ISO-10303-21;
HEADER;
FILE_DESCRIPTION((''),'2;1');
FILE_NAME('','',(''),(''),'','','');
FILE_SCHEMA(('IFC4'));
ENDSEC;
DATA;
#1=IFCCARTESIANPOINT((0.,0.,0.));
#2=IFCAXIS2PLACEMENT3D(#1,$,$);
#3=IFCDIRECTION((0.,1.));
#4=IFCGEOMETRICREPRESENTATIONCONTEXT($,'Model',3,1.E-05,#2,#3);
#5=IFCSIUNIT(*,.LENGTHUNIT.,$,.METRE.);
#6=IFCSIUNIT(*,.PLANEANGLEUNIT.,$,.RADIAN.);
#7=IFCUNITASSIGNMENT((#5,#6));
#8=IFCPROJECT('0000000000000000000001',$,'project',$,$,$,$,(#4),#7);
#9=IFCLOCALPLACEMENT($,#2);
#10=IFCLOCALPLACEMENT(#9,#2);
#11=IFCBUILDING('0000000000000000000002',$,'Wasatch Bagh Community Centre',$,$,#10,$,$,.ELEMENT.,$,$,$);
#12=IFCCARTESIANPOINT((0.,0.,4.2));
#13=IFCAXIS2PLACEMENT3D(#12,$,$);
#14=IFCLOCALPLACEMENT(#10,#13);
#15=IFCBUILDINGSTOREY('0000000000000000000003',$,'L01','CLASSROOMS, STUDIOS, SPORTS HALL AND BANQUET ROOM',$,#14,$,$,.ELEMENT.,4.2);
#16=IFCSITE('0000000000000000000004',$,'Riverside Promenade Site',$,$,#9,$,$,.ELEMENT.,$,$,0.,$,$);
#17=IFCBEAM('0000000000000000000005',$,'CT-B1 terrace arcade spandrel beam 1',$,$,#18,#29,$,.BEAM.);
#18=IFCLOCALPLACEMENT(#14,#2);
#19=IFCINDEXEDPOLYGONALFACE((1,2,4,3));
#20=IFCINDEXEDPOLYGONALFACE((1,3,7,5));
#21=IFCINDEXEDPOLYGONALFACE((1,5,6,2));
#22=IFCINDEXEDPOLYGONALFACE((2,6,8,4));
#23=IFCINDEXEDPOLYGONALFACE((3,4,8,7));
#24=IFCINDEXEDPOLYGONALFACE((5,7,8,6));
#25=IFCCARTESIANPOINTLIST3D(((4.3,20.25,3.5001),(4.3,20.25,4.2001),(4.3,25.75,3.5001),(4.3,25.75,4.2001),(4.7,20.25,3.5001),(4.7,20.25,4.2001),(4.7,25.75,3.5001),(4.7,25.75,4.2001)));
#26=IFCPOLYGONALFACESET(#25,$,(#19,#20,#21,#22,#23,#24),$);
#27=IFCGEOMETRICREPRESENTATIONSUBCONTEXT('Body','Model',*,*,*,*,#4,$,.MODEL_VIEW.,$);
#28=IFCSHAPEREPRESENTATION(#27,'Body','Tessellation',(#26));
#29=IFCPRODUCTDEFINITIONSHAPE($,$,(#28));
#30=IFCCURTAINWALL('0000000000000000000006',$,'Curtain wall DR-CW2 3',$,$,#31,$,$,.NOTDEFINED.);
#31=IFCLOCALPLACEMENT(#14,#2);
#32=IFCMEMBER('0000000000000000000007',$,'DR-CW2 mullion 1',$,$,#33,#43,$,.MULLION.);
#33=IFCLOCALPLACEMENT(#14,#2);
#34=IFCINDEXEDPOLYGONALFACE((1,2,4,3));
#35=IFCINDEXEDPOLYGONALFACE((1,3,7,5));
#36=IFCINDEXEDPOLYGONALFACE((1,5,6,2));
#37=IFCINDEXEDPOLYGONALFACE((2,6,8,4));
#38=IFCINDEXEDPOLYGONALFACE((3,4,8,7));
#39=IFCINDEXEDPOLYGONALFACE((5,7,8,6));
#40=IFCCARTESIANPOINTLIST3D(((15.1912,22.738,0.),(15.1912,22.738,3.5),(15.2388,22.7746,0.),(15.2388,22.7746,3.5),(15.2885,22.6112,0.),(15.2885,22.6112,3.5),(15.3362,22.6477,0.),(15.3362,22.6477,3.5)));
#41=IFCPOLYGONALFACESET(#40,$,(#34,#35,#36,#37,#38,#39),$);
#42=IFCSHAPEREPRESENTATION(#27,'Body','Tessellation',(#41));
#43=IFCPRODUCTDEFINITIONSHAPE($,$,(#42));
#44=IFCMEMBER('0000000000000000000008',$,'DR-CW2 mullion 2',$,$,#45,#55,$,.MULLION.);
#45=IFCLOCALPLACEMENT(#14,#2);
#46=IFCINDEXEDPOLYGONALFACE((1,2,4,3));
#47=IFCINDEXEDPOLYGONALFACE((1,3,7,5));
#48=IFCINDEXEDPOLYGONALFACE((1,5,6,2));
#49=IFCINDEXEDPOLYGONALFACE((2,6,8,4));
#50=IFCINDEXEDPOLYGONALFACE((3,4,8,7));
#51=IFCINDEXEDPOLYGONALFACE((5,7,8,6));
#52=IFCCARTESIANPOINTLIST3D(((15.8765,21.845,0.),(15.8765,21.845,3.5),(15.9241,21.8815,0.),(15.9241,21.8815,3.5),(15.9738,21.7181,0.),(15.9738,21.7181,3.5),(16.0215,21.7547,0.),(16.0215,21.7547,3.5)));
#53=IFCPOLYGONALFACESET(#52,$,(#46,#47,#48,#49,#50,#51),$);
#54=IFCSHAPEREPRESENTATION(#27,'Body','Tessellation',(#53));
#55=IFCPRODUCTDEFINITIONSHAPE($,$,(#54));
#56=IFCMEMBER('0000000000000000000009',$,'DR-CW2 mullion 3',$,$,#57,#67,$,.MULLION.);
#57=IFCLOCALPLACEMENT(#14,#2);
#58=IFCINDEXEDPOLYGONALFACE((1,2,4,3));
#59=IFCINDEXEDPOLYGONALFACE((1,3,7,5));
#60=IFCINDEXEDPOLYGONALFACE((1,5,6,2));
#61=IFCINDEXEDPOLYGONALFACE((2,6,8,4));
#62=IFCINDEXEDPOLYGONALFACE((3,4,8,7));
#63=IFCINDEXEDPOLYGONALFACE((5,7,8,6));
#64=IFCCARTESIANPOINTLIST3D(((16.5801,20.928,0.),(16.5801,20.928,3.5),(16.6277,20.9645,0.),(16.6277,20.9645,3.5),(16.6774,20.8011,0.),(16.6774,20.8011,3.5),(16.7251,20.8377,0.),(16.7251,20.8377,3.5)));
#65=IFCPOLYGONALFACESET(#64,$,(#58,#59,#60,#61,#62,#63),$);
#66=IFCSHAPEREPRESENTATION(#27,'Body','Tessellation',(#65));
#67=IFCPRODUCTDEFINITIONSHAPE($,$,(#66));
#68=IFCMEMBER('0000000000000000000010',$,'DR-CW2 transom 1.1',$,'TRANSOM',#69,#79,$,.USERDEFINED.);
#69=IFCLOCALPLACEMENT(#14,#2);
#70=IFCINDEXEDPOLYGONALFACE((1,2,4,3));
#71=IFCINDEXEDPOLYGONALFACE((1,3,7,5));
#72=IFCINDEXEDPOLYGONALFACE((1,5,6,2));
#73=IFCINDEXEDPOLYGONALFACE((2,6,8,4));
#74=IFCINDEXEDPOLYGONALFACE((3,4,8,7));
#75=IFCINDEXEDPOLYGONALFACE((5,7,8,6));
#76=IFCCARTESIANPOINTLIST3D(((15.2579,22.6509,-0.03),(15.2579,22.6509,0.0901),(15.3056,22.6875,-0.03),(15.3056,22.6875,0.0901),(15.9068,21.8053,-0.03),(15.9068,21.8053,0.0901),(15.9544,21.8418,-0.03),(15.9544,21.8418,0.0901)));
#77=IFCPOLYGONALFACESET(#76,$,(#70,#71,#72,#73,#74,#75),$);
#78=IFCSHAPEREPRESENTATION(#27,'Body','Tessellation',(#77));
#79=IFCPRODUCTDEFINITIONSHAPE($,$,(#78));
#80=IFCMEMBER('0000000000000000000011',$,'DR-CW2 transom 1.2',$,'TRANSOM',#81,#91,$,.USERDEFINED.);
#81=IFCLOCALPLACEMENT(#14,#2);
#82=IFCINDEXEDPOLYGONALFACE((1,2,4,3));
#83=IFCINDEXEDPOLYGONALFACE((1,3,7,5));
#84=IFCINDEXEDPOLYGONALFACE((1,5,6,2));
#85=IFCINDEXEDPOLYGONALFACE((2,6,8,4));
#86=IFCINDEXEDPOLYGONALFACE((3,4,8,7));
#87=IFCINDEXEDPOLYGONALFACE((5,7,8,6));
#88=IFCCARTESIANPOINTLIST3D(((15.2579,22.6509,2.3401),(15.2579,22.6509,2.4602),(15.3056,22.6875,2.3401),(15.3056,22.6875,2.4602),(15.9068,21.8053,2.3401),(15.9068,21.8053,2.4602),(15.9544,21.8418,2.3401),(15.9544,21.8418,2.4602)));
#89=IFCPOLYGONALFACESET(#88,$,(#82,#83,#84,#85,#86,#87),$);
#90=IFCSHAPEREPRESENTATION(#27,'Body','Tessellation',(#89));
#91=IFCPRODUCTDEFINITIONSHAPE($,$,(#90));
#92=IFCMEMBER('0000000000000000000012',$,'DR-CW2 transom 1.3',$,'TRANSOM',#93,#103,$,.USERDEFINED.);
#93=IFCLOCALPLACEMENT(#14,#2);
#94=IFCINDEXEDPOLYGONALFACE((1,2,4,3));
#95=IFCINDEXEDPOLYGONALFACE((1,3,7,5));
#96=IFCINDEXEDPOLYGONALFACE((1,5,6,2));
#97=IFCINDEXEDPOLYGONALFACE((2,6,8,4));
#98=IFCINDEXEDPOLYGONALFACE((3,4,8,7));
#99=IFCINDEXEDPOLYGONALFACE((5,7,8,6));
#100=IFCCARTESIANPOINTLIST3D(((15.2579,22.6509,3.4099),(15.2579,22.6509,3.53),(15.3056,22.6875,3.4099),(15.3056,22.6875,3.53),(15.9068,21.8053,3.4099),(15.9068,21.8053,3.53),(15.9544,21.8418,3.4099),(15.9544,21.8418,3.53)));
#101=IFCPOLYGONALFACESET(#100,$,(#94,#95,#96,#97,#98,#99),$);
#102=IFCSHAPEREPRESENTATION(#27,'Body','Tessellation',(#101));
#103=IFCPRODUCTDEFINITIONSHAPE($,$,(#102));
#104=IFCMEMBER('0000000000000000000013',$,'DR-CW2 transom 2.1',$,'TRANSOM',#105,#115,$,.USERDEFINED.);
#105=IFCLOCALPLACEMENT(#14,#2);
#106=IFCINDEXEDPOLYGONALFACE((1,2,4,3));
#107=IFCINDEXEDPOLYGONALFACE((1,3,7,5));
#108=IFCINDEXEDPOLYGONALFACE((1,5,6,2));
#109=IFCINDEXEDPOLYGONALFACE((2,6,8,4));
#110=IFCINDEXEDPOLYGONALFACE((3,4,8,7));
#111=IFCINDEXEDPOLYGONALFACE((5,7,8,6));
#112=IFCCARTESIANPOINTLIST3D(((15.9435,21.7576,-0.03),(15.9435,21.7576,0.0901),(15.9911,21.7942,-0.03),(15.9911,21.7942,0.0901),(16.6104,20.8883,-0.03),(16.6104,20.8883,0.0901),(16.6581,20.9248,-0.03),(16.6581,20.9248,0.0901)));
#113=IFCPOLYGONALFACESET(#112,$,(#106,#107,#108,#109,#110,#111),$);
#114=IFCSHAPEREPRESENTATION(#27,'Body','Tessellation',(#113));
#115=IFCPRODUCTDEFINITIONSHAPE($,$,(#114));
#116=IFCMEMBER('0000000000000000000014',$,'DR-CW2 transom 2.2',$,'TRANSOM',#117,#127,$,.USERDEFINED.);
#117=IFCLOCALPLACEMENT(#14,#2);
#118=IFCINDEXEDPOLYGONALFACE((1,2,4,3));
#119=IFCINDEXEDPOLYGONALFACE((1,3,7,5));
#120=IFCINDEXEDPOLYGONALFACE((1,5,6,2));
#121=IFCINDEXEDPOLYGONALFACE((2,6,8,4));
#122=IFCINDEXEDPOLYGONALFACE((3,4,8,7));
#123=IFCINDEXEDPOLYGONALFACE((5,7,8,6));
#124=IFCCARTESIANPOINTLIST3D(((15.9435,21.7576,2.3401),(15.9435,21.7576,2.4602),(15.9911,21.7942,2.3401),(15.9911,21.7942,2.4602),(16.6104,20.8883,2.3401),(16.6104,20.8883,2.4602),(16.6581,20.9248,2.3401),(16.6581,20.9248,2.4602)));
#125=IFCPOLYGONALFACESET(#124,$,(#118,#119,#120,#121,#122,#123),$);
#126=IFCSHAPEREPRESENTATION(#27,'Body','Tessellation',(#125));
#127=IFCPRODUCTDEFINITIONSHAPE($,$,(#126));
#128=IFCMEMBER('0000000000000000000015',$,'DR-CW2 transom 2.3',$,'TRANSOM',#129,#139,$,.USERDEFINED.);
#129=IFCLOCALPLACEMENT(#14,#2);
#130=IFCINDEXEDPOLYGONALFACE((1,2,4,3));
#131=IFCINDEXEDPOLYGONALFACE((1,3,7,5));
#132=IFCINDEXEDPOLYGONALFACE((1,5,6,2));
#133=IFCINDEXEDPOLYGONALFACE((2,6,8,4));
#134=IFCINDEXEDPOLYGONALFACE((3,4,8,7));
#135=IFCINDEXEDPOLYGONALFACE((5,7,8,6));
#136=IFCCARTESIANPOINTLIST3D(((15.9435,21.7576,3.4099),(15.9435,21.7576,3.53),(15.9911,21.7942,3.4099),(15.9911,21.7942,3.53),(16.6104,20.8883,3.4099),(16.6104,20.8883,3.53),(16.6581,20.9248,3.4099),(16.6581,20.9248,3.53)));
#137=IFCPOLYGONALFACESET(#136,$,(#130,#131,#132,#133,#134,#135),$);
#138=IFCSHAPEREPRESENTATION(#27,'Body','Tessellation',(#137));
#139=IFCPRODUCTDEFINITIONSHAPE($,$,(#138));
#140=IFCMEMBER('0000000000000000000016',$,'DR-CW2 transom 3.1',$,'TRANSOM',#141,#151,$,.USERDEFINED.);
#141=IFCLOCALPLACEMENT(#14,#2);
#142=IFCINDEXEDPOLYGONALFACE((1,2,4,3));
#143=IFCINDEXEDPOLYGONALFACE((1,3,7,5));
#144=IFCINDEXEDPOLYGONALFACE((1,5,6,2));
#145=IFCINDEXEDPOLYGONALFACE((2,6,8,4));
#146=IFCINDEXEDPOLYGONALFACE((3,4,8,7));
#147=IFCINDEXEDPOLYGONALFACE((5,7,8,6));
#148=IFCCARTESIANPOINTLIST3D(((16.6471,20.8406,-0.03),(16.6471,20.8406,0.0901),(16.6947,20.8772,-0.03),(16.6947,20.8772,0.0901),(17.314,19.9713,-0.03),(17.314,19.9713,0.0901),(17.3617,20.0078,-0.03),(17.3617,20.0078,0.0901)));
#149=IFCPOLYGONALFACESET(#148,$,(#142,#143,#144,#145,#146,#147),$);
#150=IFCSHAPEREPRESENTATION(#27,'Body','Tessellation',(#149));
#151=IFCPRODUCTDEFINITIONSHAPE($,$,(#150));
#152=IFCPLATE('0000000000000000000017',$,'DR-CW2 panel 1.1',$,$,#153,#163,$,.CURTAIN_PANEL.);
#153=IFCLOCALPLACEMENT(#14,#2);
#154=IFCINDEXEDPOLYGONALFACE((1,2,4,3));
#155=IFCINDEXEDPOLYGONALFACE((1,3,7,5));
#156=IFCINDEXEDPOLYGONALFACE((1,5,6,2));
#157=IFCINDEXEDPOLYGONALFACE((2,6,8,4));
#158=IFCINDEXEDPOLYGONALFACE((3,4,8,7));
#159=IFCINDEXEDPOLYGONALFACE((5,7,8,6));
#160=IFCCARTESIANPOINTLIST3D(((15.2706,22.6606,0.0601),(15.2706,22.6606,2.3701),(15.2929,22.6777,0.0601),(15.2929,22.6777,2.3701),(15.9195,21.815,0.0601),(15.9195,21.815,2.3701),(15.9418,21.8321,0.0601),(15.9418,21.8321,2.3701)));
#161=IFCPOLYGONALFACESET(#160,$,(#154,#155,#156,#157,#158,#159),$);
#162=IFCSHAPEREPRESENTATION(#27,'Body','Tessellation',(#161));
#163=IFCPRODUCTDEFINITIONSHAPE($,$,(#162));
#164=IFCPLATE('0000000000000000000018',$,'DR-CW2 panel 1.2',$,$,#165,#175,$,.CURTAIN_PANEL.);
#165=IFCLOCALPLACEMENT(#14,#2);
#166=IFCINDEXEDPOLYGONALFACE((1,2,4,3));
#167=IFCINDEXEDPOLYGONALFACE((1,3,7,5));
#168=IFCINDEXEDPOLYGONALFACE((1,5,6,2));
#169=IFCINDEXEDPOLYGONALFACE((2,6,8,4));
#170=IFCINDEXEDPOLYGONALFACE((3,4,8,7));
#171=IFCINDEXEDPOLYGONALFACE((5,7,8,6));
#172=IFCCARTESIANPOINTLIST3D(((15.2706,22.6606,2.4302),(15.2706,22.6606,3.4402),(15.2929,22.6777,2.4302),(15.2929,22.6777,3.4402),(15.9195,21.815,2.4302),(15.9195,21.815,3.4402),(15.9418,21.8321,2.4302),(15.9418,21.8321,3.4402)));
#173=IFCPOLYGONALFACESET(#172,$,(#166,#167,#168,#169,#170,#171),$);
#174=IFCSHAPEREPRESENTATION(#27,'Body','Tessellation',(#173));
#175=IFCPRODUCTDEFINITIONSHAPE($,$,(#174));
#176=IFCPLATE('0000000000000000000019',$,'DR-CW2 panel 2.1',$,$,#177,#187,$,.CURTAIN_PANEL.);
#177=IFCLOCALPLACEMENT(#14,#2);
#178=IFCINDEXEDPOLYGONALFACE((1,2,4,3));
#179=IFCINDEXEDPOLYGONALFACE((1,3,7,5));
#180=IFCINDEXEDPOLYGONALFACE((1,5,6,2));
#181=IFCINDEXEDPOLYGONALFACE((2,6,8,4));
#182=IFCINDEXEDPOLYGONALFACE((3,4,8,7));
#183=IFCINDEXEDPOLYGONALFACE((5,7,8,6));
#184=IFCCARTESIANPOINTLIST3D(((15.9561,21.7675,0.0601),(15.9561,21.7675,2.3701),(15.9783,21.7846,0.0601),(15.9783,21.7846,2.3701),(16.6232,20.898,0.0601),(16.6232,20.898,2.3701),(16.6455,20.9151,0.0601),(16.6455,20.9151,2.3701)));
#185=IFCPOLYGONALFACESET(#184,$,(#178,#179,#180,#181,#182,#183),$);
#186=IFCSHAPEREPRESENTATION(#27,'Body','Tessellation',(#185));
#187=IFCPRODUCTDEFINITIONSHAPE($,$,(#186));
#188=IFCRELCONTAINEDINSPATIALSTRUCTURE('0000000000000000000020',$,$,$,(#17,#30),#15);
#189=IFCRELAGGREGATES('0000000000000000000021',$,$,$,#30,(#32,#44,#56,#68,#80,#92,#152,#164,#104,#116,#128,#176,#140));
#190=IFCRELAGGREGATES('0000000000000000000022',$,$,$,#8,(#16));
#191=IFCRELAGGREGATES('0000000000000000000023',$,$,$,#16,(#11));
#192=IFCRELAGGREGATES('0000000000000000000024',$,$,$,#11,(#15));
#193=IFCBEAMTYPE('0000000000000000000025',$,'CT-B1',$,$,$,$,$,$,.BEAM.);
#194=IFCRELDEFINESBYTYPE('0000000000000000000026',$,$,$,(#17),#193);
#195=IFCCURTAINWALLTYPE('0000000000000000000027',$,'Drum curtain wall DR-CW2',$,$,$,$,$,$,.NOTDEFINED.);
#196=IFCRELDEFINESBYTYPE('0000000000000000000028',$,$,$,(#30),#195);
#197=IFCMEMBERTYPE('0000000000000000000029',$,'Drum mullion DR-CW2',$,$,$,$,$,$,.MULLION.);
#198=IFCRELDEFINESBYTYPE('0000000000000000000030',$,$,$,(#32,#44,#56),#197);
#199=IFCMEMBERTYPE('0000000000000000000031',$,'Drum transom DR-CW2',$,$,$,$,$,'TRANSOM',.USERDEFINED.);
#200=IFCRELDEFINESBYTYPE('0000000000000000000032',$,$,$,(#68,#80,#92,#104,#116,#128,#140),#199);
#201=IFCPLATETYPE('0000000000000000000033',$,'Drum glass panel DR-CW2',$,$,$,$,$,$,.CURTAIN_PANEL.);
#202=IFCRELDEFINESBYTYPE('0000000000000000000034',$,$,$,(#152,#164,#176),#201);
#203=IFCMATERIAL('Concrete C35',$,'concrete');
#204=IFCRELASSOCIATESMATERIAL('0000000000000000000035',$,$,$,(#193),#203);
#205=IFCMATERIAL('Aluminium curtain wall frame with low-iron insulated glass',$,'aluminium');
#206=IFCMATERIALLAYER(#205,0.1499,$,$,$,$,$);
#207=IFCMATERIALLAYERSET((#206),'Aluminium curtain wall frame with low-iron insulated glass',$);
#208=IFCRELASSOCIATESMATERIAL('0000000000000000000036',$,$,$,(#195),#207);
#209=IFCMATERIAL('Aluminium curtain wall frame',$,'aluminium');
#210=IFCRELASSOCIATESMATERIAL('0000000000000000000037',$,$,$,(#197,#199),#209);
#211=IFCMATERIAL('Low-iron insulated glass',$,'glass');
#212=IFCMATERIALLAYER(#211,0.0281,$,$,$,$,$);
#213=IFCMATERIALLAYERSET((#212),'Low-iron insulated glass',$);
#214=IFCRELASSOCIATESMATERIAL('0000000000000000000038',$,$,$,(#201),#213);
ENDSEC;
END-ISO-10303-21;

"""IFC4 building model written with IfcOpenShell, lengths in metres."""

from ifc_helpers import new_model, si_unit, direction, frame, origin, origin_2d, place, context, subcontext, project, spatial, rectangle, extrude, material, layer, layer_set, material_profile, profile_set, type_object, element, aggregate, save


model = new_model("IFC4")

# Units and contexts
model_context = context("Model", 3, precision=1e-05, world=origin(), true_north=direction((0.0, 1.0)))
body_context = subcontext(model_context, "Body", "Model", "MODEL_VIEW")
ifc_project = project(units=[si_unit("LENGTHUNIT", "METRE"), si_unit("PLANEANGLEUNIT", "RADIAN")], contexts=[model_context])

# Site, building, storey
site_placement = place(None, origin())
site = spatial("IfcSite", under=ifc_project, at=site_placement, Name="Riverside Promenade Site", CompositionType="ELEMENT", RefElevation=0.0)
building_placement = place(site_placement, origin())
building = spatial("IfcBuilding", under=site, at=building_placement, Name="Wasatch Bagh Community Centre", CompositionType="ELEMENT")
storey_placement = place(building_placement, frame((0.0, 0.0, 4.2)))
storey = spatial("IfcBuildingStorey", under=building, at=storey_placement, Name="L01", Description="CLASSROOMS, STUDIOS, SPORTS HALL AND BANQUET ROOM", CompositionType="ELEMENT", Elevation=4.2)

# Beam
ifc_material_1 = material(Name="Concrete C35", Category="concrete")
ifc_material_profile_1 = material_profile(ifc_material_1, rectangle(XDim=0.3999, YDim=0.7, at=origin_2d()), Name="RC 400x700")
ifc_profile_set_1 = profile_set([ifc_material_profile_1], Name="Concrete C35")
beam_type = type_object("IfcBeamType", Name="CT-B1", PredefinedType="BEAM", material=ifc_profile_set_1)
beam_placement = place(storey_placement, frame((4.5, 20.25, 3.8501), z_axis=(0.0, 1.0, 0.0), x_axis=(-1.0, 0.0, 0.0)))
element("IfcBeam", 1, at=beam_placement, inside=storey, type_object=beam_type, Name="CT-B1 terrace arcade spandrel beam 1", PredefinedType="BEAM", context=body_context, shape_type="SweptSolid", body=[
    extrude(rectangle(XDim=0.3999, YDim=0.7, at=origin_2d()), origin(), (0.0, 0.0, 1.0), 5.5),
])

# Curtain wall, members, plates
ifc_material_2 = material(Name="Aluminium curtain wall frame with low-iron insulated glass", Category="aluminium")
ifc_layer_1 = layer(ifc_material_2, 0.1499)
ifc_layer_set_1 = layer_set([ifc_layer_1], Name="Aluminium curtain wall frame with low-iron insulated glass")
curtain_wall_type = type_object("IfcCurtainWallType", Name="Drum curtain wall DR-CW2", PredefinedType="NOTDEFINED", material=ifc_layer_set_1)
curtain_wall_placement = place(storey_placement, origin())
curtain_wall = element("IfcCurtainWall", 2, at=curtain_wall_placement, inside=storey, type_object=curtain_wall_type, Name="Curtain wall DR-CW2 3", PredefinedType="NOTDEFINED")
ifc_material_3 = material(Name="Aluminium curtain wall frame", Category="aluminium")
ifc_material_profile_2 = material_profile(ifc_material_3, rectangle(XDim=0.0601, YDim=0.1599, at=origin_2d()), Name="Drum mullion DR-CW2")
ifc_profile_set_2 = profile_set([ifc_material_profile_2], Name="Aluminium curtain wall frame")
member_type_1 = type_object("IfcMemberType", Name="Drum mullion DR-CW2", PredefinedType="MULLION", material=ifc_profile_set_2)
member_1_placement = place(storey_placement, frame((15.2637, 22.6929, 0.0), z_axis=(0.0, 0.0, 1.0), x_axis=(0.793353, 0.608761, 0.0)))
member_1 = element("IfcMember", 3, at=member_1_placement, type_object=member_type_1, Name="DR-CW2 mullion 1", PredefinedType="MULLION", context=body_context, shape_type="SweptSolid", body=[
    extrude(rectangle(XDim=0.0601, YDim=0.1599, at=origin_2d()), origin(), (0.0, 0.0, 1.0), 3.5),
])
member_2_placement = place(storey_placement, frame((15.949, 21.7998, 0.0), z_axis=(0.0, 0.0, 1.0), x_axis=(0.793353, 0.608761, 0.0)))
member_2 = element("IfcMember", 4, at=member_2_placement, type_object=member_type_1, Name="DR-CW2 mullion 2", PredefinedType="MULLION", context=body_context, shape_type="SweptSolid", body=[
    extrude(rectangle(XDim=0.0601, YDim=0.1599, at=origin_2d()), origin(), (0.0, 0.0, 1.0), 3.5),
])
member_3_placement = place(storey_placement, frame((16.6526, 20.8828, 0.0), z_axis=(0.0, 0.0, 1.0), x_axis=(0.793353, 0.608761, 0.0)))
member_3 = element("IfcMember", 5, at=member_3_placement, type_object=member_type_1, Name="DR-CW2 mullion 3", PredefinedType="MULLION", context=body_context, shape_type="SweptSolid", body=[
    extrude(rectangle(XDim=0.0601, YDim=0.1599, at=origin_2d()), origin(), (0.0, 0.0, 1.0), 3.5),
])
ifc_material_profile_3 = material_profile(ifc_material_3, rectangle(XDim=0.0601, YDim=0.1201, at=origin_2d()), Name="Drum transom DR-CW2")
ifc_profile_set_3 = profile_set([ifc_material_profile_3], Name="Aluminium curtain wall frame")
member_type_2 = type_object("IfcMemberType", Name="Drum transom DR-CW2", ElementType="TRANSOM", PredefinedType="USERDEFINED", material=ifc_profile_set_3)
member_4_placement = place(storey_placement, frame((15.2817, 22.6692, 0.03), z_axis=(0.608758, -0.793356, 0.0), x_axis=(0.793356, 0.608758, 0.0)))
member_4 = element("IfcMember", 6, at=member_4_placement, type_object=member_type_2, Name="DR-CW2 transom 1.1", ObjectType="TRANSOM", PredefinedType="USERDEFINED", context=body_context, shape_type="SweptSolid", body=[
    extrude(rectangle(XDim=0.0601, YDim=0.1201, at=origin_2d()), origin(), (0.0, 0.0, 1.0), 1.0659),
])
member_5_placement = place(storey_placement, frame((15.2817, 22.6692, 2.4001), z_axis=(0.608758, -0.793356, 0.0), x_axis=(0.793356, 0.608758, 0.0)))
member_5 = element("IfcMember", 7, at=member_5_placement, type_object=member_type_2, Name="DR-CW2 transom 1.2", ObjectType="TRANSOM", PredefinedType="USERDEFINED", context=body_context, shape_type="SweptSolid", body=[
    extrude(rectangle(XDim=0.0601, YDim=0.1201, at=origin_2d()), origin(), (0.0, 0.0, 1.0), 1.0659),
])
member_6_placement = place(storey_placement, frame((15.2817, 22.6692, 3.47), z_axis=(0.608758, -0.793356, 0.0), x_axis=(0.793356, 0.608758, 0.0)))
member_6 = element("IfcMember", 8, at=member_6_placement, type_object=member_type_2, Name="DR-CW2 transom 1.3", ObjectType="TRANSOM", PredefinedType="USERDEFINED", context=body_context, shape_type="SweptSolid", body=[
    extrude(rectangle(XDim=0.0601, YDim=0.1201, at=origin_2d()), origin(), (0.0, 0.0, 1.0), 1.0659),
])
member_7_placement = place(storey_placement, frame((15.9673, 21.7759, 0.03), z_axis=(0.608698, -0.793402, 0.0), x_axis=(0.793402, 0.608698, 0.0)))
member_7 = element("IfcMember", 9, at=member_7_placement, type_object=member_type_2, Name="DR-CW2 transom 2.1", ObjectType="TRANSOM", PredefinedType="USERDEFINED", context=body_context, shape_type="SweptSolid", body=[
    extrude(rectangle(XDim=0.0601, YDim=0.1201, at=origin_2d()), origin(), (0.0, 0.0, 1.0), 1.0957),
])
member_8_placement = place(storey_placement, frame((15.9673, 21.7759, 2.4001), z_axis=(0.608698, -0.793402, 0.0), x_axis=(0.793402, 0.608698, 0.0)))
member_8 = element("IfcMember", 10, at=member_8_placement, type_object=member_type_2, Name="DR-CW2 transom 2.2", ObjectType="TRANSOM", PredefinedType="USERDEFINED", context=body_context, shape_type="SweptSolid", body=[
    extrude(rectangle(XDim=0.0601, YDim=0.1201, at=origin_2d()), origin(), (0.0, 0.0, 1.0), 1.0957),
])
member_9_placement = place(storey_placement, frame((15.9673, 21.7759, 3.47), z_axis=(0.608698, -0.793402, 0.0), x_axis=(0.793402, 0.608698, 0.0)))
member_9 = element("IfcMember", 11, at=member_9_placement, type_object=member_type_2, Name="DR-CW2 transom 2.3", ObjectType="TRANSOM", PredefinedType="USERDEFINED", context=body_context, shape_type="SweptSolid", body=[
    extrude(rectangle(XDim=0.0601, YDim=0.1201, at=origin_2d()), origin(), (0.0, 0.0, 1.0), 1.0957),
])
member_10_placement = place(storey_placement, frame((16.6709, 20.8589, 0.03), z_axis=(0.608698, -0.793402, 0.0), x_axis=(0.793402, 0.608698, 0.0)))
member_10 = element("IfcMember", 12, at=member_10_placement, type_object=member_type_2, Name="DR-CW2 transom 3.1", ObjectType="TRANSOM", PredefinedType="USERDEFINED", context=body_context, shape_type="SweptSolid", body=[
    extrude(rectangle(XDim=0.0601, YDim=0.1201, at=origin_2d()), origin(), (0.0, 0.0, 1.0), 1.0957),
])
ifc_material_4 = material(Name="Low-iron insulated glass", Category="glass")
ifc_layer_2 = layer(ifc_material_4, 0.0281)
ifc_layer_set_2 = layer_set([ifc_layer_2], Name="Low-iron insulated glass")
plate_type = type_object("IfcPlateType", Name="Drum glass panel DR-CW2", PredefinedType="CURTAIN_PANEL", material=ifc_layer_set_2)
plate_1_placement = place(storey_placement, frame((15.6062, 22.2463, 0.0601), z_axis=(0.0, 0.0, 1.0), x_axis=(0.608761, -0.793353, 0.0)))
plate_1 = element("IfcPlate", 13, at=plate_1_placement, type_object=plate_type, Name="DR-CW2 panel 1.1", PredefinedType="CURTAIN_PANEL", context=body_context, shape_type="SweptSolid", body=[
    extrude(rectangle(XDim=1.0659, YDim=0.0281, at=origin_2d()), origin(), (0.0, 0.0, 1.0), 2.3101),
])
plate_2_placement = place(storey_placement, frame((15.6062, 22.2463, 2.4302), z_axis=(0.0, 0.0, 1.0), x_axis=(0.608761, -0.793353, 0.0)))
plate_2 = element("IfcPlate", 14, at=plate_2_placement, type_object=plate_type, Name="DR-CW2 panel 1.2", PredefinedType="CURTAIN_PANEL", context=body_context, shape_type="SweptSolid", body=[
    extrude(rectangle(XDim=1.0659, YDim=0.0281, at=origin_2d()), origin(), (0.0, 0.0, 1.0), 1.01),
])
plate_3_placement = place(storey_placement, frame((16.3008, 21.3413, 0.0601), z_axis=(0.0, 0.0, 1.0), x_axis=(0.608761, -0.793353, 0.0)))
plate_3 = element("IfcPlate", 15, at=plate_3_placement, type_object=plate_type, Name="DR-CW2 panel 2.1", PredefinedType="CURTAIN_PANEL", context=body_context, shape_type="SweptSolid", body=[
    extrude(rectangle(XDim=1.0959, YDim=0.0281, at=origin_2d()), origin(), (0.0, 0.0, 1.0), 2.3101),
])
aggregate(curtain_wall, [member_1, member_2, member_3, member_4, member_5, member_6, plate_1, plate_2, member_7, member_8, member_9, plate_3, member_10])

save(model, "model.ifc")
